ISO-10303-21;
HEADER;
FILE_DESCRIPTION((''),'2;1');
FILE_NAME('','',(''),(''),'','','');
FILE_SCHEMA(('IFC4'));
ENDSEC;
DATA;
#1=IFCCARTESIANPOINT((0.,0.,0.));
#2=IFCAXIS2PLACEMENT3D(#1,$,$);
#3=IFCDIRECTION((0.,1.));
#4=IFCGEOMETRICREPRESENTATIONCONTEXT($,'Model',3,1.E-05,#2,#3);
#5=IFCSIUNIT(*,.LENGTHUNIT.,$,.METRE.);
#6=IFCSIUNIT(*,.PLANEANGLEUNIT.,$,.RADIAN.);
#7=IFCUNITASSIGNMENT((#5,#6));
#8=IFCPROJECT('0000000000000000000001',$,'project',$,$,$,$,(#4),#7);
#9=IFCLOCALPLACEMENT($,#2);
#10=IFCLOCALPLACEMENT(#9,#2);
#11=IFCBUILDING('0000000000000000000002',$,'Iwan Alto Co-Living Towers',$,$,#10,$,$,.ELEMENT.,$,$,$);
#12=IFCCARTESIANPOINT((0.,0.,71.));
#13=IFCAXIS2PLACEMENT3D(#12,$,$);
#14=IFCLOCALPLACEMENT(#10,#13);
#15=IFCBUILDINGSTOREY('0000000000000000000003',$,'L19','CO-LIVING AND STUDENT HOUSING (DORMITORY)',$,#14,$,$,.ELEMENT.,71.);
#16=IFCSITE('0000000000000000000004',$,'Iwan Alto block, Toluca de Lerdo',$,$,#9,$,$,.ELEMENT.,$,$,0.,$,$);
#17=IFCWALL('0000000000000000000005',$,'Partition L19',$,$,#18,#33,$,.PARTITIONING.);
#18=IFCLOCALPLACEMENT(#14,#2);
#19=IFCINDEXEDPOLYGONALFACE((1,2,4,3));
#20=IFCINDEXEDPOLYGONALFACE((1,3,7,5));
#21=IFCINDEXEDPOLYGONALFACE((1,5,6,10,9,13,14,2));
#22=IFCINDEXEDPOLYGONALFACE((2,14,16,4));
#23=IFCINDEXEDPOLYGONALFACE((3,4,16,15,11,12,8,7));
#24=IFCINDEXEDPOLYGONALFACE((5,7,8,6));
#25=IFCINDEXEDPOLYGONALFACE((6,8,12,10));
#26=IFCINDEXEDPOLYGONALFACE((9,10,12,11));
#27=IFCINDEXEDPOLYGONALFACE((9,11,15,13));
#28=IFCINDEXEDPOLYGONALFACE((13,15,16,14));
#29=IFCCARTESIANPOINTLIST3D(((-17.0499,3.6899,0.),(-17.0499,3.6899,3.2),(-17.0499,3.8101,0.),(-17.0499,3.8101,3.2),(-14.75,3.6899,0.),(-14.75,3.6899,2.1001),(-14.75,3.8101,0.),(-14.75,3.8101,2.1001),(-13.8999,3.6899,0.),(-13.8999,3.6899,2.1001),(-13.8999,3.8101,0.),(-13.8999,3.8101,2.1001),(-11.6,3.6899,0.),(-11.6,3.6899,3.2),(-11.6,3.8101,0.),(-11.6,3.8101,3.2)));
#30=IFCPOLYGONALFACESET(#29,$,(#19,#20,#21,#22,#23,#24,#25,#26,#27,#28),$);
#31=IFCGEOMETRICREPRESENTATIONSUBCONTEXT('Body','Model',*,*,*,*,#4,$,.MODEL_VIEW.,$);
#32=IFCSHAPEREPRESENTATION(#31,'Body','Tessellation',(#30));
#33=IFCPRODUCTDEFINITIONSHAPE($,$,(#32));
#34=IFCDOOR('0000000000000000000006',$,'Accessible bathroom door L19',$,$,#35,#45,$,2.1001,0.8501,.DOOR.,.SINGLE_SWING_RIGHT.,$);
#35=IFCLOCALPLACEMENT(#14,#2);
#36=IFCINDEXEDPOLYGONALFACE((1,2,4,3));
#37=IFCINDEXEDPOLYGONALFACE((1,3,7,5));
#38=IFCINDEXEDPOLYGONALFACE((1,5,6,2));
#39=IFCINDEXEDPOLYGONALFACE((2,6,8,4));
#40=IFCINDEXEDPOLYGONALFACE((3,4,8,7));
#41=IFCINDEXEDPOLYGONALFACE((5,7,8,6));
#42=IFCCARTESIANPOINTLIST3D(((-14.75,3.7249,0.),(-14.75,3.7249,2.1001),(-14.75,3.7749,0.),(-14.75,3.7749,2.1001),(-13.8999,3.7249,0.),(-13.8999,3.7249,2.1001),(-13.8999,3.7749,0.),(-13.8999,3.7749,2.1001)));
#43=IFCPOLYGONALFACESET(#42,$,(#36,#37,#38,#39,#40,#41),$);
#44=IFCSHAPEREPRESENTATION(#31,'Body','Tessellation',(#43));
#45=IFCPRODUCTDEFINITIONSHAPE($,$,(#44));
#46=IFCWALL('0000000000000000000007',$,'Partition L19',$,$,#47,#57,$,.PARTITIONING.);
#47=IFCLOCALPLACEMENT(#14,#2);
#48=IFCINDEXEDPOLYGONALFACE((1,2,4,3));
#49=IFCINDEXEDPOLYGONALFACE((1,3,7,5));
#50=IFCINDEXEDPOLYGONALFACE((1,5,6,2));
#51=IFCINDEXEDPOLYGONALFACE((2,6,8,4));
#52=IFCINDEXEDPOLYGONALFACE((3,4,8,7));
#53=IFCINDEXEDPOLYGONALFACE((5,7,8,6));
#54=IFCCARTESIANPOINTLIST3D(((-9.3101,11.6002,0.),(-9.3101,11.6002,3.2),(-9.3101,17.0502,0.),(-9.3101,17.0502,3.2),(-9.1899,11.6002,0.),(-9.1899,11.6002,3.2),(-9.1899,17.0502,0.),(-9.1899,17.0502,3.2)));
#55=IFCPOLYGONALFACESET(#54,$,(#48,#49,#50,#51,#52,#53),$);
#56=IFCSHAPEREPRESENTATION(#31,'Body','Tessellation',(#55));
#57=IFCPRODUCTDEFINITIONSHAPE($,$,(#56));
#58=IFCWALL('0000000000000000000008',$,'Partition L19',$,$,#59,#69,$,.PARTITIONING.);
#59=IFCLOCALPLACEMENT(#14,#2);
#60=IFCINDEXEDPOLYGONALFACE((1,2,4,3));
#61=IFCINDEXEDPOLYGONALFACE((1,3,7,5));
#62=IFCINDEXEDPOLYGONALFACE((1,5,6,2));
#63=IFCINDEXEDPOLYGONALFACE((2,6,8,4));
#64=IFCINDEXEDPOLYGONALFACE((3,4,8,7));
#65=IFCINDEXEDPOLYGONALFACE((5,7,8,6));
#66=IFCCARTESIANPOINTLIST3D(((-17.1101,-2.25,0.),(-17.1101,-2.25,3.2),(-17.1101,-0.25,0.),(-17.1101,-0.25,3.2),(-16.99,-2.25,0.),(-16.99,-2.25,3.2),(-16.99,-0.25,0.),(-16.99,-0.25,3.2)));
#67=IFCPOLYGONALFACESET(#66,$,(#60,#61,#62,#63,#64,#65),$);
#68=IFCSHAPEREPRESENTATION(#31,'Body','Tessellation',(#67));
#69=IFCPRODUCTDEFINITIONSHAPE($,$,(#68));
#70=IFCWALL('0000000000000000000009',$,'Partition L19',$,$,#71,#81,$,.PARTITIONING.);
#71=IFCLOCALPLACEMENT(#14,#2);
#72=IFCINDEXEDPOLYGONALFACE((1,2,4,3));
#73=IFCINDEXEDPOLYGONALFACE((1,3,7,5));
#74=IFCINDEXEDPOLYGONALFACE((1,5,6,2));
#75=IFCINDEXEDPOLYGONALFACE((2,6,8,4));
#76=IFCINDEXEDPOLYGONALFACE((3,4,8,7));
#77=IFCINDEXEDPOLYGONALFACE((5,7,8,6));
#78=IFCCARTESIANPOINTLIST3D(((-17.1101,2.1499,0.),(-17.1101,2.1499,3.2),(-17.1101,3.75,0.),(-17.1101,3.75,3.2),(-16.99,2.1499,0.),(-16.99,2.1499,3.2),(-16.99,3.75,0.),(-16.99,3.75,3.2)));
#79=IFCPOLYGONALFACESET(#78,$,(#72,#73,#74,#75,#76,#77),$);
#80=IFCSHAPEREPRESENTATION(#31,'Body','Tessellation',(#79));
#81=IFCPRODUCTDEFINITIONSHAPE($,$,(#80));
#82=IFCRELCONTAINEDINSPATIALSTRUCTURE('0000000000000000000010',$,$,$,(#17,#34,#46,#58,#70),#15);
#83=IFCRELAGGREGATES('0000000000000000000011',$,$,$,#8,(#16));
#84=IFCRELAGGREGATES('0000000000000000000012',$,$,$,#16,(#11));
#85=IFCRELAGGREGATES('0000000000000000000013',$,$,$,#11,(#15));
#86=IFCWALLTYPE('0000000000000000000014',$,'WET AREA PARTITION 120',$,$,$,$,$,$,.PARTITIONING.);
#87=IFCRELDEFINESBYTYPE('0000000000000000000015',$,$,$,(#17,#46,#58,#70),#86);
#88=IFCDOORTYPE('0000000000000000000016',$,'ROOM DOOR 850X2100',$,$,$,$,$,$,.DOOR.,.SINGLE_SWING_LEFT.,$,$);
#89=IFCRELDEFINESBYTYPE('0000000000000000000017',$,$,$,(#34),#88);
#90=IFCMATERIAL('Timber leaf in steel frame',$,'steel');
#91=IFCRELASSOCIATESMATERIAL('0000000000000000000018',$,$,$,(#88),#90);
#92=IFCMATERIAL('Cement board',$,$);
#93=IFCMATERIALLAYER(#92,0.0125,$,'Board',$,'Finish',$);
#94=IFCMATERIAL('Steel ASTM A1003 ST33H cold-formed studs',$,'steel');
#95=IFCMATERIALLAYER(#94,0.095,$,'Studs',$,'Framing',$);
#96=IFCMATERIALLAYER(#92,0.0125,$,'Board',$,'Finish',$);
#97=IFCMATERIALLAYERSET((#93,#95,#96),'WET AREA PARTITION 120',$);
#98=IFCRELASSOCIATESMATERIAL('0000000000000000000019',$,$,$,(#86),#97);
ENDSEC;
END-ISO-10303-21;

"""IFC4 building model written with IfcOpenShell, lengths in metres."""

from ifc_helpers import new_model, si_unit, direction, frame, frame_2d, origin, place, context, subcontext, project, spatial, rectangle, extrude, material, layer, layer_set, type_object, element, fill, save


model = new_model("IFC4")

# Units and contexts
model_context = context("Model", 3, precision=1e-05, world=origin(), true_north=direction((0.0, 1.0)))
body_context = subcontext(model_context, "Body", "Model", "MODEL_VIEW")
ifc_project = project(units=[si_unit("LENGTHUNIT", "METRE"), si_unit("PLANEANGLEUNIT", "RADIAN")], contexts=[model_context])

# Site, building, storey
site_placement = place(None, origin())
site = spatial("IfcSite", under=ifc_project, at=site_placement, Name="Iwan Alto block, Toluca de Lerdo", CompositionType="ELEMENT", RefElevation=0.0)
building_placement = place(site_placement, origin())
building = spatial("IfcBuilding", under=site, at=building_placement, Name="Iwan Alto Co-Living Towers", CompositionType="ELEMENT")
storey_placement = place(building_placement, frame((0.0, 0.0, 71.0)))
storey = spatial("IfcBuildingStorey", under=building, at=storey_placement, Name="L19", Description="CO-LIVING AND STUDENT HOUSING (DORMITORY)", CompositionType="ELEMENT", Elevation=71.0)

# Shared definitions
ifc_material_1 = material(Name="Steel ASTM A1003 ST33H cold-formed studs", Category="steel")
ifc_material_2 = material(Name="Timber leaf in steel frame", Category="steel")
door_type_1 = type_object("IfcDoorType", Name="ROOM DOOR 850X2100", OperationType="SINGLE_SWING_LEFT", PredefinedType="DOOR", material=ifc_material_2)

# Shared definitions
ifc_material_3 = material(Name="Cement board")
ifc_layer_1 = layer(ifc_material_3, 0.0125, Name="Board", Category="Finish")
ifc_layer_2 = layer(ifc_material_1, 0.095, Name="Studs", Category="Framing")
ifc_layer_3 = layer(ifc_material_3, 0.0125, Name="Board", Category="Finish")
ifc_layer_set_1 = layer_set([ifc_layer_1, ifc_layer_2, ifc_layer_3], Name="WET AREA PARTITION 120")
wall_type_1 = type_object("IfcWallType", Name="WET AREA PARTITION 120", PredefinedType="PARTITIONING", material=ifc_layer_set_1)

# Wall, opening, door
wall_1_placement = place(storey_placement, frame((-17.05, 3.75, 0.0), z_axis=(0.0, 0.0, 1.0), x_axis=(1.0, 0.0, 0.0)))
wall_1 = element("IfcWall", 1, at=wall_1_placement, inside=storey, type_object=wall_type_1, Name="Partition L19", PredefinedType="PARTITIONING", context=body_context, shape_type="SweptSolid", body=[
    extrude(rectangle(XDim=5.45, YDim=0.1201, at=frame_2d((2.7251, 0.0))), origin(), (0.0, 0.0, 1.0), 3.2),
])
opening_1_placement = place(wall_1_placement, frame((2.3, 0.0, 0.0)))
opening_1 = element("IfcOpeningElement", 2, at=opening_1_placement, cuts=wall_1, PredefinedType="OPENING", context=body_context, shape_type="SweptSolid", body=[
    extrude(rectangle(XDim=0.8501, YDim=2.1001, at=frame_2d((0.425, 1.05))), frame((0.0, 0.0701, 0.0), z_axis=(0.0, -1.0, 0.0), x_axis=(1.0, 0.0, 0.0)), (0.0, 0.0, 1.0), 0.1401),
])
door_1_placement = place(opening_1_placement, origin())
door_1 = element("IfcDoor", 3, at=door_1_placement, inside=storey, type_object=door_type_1, Name="Accessible bathroom door L19", OperationType="SINGLE_SWING_RIGHT", OverallHeight=2.1001, OverallWidth=0.8501, PredefinedType="DOOR", context=body_context, shape_type="SweptSolid", body=[
    extrude(rectangle(XDim=0.8501, YDim=2.1001, at=frame_2d((0.425, 1.05))), frame((0.0, 0.0249, 0.0), z_axis=(0.0, -1.0, 0.0), x_axis=(1.0, 0.0, 0.0)), (0.0, 0.0, 1.0), 0.05),
])
fill(opening_1, door_1)

# Walls
wall_2_placement = place(storey_placement, frame((-9.25, 11.6001, 0.0), z_axis=(0.0, 0.0, 1.0), x_axis=(0.0, 1.0, 0.0)))
element("IfcWall", 4, at=wall_2_placement, inside=storey, type_object=wall_type_1, Name="Partition L19", PredefinedType="PARTITIONING", context=body_context, shape_type="SweptSolid", body=[
    extrude(rectangle(XDim=5.45, YDim=0.1201, at=frame_2d((2.7251, 0.0))), origin(), (0.0, 0.0, 1.0), 3.2),
])
wall_3_placement = place(storey_placement, frame((-17.05, -2.25, 0.0), z_axis=(0.0, 0.0, 1.0), x_axis=(0.0, 1.0, 0.0)))
element("IfcWall", 5, at=wall_3_placement, inside=storey, type_object=wall_type_1, Name="Partition L19", PredefinedType="PARTITIONING", context=body_context, shape_type="SweptSolid", body=[
    extrude(rectangle(XDim=2.0, YDim=0.1201, at=frame_2d((1.0, 0.0))), origin(), (0.0, 0.0, 1.0), 3.2),
])
wall_4_placement = place(storey_placement, frame((-17.05, 2.1499, 0.0), z_axis=(0.0, 0.0, 1.0), x_axis=(0.0, 1.0, 0.0)))
element("IfcWall", 6, at=wall_4_placement, inside=storey, type_object=wall_type_1, Name="Partition L19", PredefinedType="PARTITIONING", context=body_context, shape_type="SweptSolid", body=[
    extrude(rectangle(XDim=1.6001, YDim=0.1201, at=frame_2d((0.8, 0.0))), origin(), (0.0, 0.0, 1.0), 3.2),
])

save(model, "model.ifc")
